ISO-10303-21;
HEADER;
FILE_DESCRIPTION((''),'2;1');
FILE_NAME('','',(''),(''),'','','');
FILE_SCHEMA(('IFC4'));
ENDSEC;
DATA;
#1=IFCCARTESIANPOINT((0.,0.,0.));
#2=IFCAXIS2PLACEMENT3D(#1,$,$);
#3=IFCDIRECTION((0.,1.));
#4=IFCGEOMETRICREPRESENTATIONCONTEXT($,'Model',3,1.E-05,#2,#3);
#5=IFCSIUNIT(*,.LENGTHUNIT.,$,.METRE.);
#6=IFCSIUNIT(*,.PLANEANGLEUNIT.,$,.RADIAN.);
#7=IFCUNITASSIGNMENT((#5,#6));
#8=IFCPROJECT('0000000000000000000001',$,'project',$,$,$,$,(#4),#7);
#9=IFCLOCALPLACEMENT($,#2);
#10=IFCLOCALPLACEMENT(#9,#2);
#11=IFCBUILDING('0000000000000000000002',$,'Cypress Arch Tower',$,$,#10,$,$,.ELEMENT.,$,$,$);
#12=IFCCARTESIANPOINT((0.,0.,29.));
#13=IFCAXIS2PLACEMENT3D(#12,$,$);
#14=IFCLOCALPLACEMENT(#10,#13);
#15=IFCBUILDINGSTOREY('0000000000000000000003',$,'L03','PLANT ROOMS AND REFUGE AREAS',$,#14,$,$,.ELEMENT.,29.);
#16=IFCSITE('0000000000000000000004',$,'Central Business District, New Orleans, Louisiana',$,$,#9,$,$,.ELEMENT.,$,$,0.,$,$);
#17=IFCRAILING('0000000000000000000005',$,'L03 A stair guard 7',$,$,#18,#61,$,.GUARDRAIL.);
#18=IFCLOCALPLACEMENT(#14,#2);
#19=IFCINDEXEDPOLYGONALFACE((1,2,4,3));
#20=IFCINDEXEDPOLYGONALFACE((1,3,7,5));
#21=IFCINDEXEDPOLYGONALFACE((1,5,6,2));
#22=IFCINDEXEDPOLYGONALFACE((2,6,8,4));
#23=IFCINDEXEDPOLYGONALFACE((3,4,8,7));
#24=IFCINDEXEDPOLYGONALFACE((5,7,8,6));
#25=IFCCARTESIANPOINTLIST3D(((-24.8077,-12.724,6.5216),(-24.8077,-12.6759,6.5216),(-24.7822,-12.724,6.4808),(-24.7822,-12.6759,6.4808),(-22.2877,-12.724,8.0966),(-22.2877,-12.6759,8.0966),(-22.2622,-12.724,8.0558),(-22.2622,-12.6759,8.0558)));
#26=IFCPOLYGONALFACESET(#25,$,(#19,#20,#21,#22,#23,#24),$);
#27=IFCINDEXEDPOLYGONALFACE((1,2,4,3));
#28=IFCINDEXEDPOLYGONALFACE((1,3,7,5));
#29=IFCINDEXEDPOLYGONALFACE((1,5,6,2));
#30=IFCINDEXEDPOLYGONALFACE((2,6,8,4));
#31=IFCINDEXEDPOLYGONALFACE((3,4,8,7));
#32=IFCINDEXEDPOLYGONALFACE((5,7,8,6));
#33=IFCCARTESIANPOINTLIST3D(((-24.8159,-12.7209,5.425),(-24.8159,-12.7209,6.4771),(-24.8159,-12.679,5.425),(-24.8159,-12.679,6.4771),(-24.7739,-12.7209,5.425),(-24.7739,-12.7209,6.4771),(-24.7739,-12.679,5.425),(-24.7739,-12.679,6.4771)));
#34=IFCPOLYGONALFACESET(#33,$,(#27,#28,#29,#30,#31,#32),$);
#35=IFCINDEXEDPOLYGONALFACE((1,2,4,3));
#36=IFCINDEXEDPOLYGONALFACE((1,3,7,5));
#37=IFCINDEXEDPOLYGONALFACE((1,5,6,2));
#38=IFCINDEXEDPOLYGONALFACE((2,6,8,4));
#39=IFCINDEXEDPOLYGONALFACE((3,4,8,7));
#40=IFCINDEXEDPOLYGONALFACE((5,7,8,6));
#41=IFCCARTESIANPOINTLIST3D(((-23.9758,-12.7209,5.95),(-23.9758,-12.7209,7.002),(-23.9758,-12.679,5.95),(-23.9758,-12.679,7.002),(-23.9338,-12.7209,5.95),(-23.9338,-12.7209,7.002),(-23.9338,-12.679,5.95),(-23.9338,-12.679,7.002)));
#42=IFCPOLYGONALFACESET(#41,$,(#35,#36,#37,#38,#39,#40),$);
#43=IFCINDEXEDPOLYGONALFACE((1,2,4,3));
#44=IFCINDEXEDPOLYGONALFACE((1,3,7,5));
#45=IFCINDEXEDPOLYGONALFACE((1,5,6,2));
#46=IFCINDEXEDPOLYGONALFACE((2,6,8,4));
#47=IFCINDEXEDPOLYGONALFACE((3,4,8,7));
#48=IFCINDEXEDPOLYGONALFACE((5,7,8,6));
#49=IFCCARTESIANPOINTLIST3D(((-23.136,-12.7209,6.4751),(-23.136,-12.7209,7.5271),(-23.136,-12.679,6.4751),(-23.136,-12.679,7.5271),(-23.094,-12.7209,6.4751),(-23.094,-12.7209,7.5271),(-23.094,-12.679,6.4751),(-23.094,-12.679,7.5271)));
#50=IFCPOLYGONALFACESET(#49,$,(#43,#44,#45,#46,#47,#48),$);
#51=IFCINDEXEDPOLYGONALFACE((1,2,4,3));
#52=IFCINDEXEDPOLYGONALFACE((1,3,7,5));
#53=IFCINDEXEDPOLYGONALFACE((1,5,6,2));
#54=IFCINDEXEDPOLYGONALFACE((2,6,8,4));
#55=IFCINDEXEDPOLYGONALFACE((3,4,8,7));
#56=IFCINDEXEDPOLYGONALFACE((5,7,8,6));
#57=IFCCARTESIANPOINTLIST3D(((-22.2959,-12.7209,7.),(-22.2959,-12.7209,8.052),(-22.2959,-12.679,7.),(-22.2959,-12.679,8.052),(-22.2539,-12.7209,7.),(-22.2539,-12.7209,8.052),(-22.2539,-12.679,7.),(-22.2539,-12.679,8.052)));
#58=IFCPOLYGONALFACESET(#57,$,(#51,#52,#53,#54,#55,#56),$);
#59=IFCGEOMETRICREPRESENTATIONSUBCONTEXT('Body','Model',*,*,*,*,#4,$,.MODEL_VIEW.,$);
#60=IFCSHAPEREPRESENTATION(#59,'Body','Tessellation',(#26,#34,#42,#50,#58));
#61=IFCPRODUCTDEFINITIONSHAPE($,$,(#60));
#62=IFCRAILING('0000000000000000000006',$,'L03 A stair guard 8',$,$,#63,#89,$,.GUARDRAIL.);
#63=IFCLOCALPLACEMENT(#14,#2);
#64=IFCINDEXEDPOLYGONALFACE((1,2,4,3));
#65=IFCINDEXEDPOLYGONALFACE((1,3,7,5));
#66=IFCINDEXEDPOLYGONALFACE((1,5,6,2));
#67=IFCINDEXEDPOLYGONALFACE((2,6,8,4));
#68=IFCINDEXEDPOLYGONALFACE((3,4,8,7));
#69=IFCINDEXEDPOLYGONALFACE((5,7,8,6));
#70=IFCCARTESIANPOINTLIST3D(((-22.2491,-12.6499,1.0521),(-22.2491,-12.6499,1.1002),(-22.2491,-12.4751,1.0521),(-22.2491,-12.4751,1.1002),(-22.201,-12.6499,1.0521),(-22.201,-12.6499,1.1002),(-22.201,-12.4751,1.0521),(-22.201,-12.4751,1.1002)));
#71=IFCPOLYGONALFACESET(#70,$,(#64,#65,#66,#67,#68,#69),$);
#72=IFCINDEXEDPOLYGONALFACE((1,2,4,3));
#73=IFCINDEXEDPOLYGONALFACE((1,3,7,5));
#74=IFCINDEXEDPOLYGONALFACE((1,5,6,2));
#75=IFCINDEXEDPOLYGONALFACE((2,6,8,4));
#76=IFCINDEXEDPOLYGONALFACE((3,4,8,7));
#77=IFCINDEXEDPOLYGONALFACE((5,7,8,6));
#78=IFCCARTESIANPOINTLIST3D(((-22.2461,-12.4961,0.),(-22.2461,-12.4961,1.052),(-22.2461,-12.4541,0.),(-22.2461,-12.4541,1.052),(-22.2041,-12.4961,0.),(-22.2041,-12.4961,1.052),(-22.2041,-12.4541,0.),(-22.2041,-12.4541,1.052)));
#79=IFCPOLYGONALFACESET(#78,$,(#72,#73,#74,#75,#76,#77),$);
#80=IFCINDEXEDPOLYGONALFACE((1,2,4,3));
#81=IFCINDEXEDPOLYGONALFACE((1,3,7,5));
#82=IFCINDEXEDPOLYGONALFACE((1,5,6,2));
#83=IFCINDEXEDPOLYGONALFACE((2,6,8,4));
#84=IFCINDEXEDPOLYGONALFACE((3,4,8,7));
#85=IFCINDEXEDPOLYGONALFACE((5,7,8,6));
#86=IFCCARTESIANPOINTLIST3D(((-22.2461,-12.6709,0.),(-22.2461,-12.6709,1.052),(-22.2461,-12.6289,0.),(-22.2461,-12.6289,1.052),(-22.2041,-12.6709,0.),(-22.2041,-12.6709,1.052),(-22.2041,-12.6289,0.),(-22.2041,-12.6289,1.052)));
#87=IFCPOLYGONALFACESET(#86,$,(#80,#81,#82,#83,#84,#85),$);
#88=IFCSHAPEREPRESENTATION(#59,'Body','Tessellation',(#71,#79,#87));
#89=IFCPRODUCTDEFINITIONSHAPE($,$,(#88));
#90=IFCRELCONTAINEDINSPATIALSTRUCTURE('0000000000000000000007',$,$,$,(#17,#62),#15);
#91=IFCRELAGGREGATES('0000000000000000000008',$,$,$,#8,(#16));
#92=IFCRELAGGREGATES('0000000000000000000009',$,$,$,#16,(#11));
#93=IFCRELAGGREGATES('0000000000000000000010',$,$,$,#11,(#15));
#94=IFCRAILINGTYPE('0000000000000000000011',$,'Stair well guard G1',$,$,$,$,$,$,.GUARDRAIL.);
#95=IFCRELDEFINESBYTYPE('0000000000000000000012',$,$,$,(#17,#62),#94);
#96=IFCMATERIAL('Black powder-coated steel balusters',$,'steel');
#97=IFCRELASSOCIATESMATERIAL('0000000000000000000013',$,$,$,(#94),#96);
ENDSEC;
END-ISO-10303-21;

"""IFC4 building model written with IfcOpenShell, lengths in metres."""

from ifc_helpers import new_model, si_unit, direction, frame, origin, origin_2d, place, context, subcontext, project, spatial, rectangle, extrude, material, type_object, element, save


model = new_model("IFC4")

# Units and contexts
model_context = context("Model", 3, precision=1e-05, world=origin(), true_north=direction((0.0, 1.0)))
body_context = subcontext(model_context, "Body", "Model", "MODEL_VIEW")
ifc_project = project(units=[si_unit("LENGTHUNIT", "METRE"), si_unit("PLANEANGLEUNIT", "RADIAN")], contexts=[model_context])

# Site, building, storey
site_placement = place(None, origin())
site = spatial("IfcSite", under=ifc_project, at=site_placement, Name="Central Business District, New Orleans, Louisiana", CompositionType="ELEMENT", RefElevation=0.0)
building_placement = place(site_placement, origin())
building = spatial("IfcBuilding", under=site, at=building_placement, Name="Cypress Arch Tower", CompositionType="ELEMENT")
storey_placement = place(building_placement, frame((0.0, 0.0, 29.0)))
storey = spatial("IfcBuildingStorey", under=building, at=storey_placement, Name="L03", Description="PLANT ROOMS AND REFUGE AREAS", CompositionType="ELEMENT", Elevation=29.0)

# Railings
ifc_material_1 = material(Name="Black powder-coated steel balusters", Category="steel")
railing_type_1 = type_object("IfcRailingType", Name="Stair well guard G1", PredefinedType="GUARDRAIL", material=ifc_material_1)
railing_1_placement = place(storey_placement, frame((-24.7949, -12.7, 5.425)))
element("IfcRailing", 1, at=railing_1_placement, inside=storey, type_object=railing_type_1, Name="L03 A stair guard 7", PredefinedType="GUARDRAIL", context=body_context, shape_type="SweptSolid", body=[
    extrude(rectangle(XDim=0.0481, YDim=0.0481, at=origin_2d()), frame((0.0, 0.0, 1.0762), z_axis=(0.848008, 0.0, 0.529984), x_axis=(0.0, 1.0, 0.0)), (0.0, 0.0, 1.0), 2.9717),
    extrude(rectangle(XDim=0.042, YDim=0.042, at=origin_2d()), origin(), (0.0, 0.0, 1.0), 1.052),
    extrude(rectangle(XDim=0.042, YDim=0.042, at=origin_2d()), frame((0.8401, 0.0, 0.5249)), (0.0, 0.0, 1.0), 1.052),
    extrude(rectangle(XDim=0.042, YDim=0.042, at=origin_2d()), frame((1.6799, 0.0, 1.05)), (0.0, 0.0, 1.0), 1.052),
    extrude(rectangle(XDim=0.042, YDim=0.042, at=origin_2d()), frame((2.52, 0.0, 1.575)), (0.0, 0.0, 1.0), 1.052),
])
railing_2_placement = place(storey_placement, frame((-22.2251, -12.4751, 0.0)))
element("IfcRailing", 2, at=railing_2_placement, inside=storey, type_object=railing_type_1, Name="L03 A stair guard 8", PredefinedType="GUARDRAIL", context=body_context, shape_type="SweptSolid", body=[
    extrude(rectangle(XDim=0.0481, YDim=0.0481, at=origin_2d()), frame((0.0, 0.0, 1.0762), z_axis=(0.0, -1.0, 0.0), x_axis=(1.0, 0.0, 0.0)), (0.0, 0.0, 1.0), 0.1748),
    extrude(rectangle(XDim=0.042, YDim=0.042, at=origin_2d()), origin(), (0.0, 0.0, 1.0), 1.052),
    extrude(rectangle(XDim=0.042, YDim=0.042, at=origin_2d()), frame((0.0, -0.1748, 0.0)), (0.0, 0.0, 1.0), 1.052),
])

save(model, "model.ifc")
